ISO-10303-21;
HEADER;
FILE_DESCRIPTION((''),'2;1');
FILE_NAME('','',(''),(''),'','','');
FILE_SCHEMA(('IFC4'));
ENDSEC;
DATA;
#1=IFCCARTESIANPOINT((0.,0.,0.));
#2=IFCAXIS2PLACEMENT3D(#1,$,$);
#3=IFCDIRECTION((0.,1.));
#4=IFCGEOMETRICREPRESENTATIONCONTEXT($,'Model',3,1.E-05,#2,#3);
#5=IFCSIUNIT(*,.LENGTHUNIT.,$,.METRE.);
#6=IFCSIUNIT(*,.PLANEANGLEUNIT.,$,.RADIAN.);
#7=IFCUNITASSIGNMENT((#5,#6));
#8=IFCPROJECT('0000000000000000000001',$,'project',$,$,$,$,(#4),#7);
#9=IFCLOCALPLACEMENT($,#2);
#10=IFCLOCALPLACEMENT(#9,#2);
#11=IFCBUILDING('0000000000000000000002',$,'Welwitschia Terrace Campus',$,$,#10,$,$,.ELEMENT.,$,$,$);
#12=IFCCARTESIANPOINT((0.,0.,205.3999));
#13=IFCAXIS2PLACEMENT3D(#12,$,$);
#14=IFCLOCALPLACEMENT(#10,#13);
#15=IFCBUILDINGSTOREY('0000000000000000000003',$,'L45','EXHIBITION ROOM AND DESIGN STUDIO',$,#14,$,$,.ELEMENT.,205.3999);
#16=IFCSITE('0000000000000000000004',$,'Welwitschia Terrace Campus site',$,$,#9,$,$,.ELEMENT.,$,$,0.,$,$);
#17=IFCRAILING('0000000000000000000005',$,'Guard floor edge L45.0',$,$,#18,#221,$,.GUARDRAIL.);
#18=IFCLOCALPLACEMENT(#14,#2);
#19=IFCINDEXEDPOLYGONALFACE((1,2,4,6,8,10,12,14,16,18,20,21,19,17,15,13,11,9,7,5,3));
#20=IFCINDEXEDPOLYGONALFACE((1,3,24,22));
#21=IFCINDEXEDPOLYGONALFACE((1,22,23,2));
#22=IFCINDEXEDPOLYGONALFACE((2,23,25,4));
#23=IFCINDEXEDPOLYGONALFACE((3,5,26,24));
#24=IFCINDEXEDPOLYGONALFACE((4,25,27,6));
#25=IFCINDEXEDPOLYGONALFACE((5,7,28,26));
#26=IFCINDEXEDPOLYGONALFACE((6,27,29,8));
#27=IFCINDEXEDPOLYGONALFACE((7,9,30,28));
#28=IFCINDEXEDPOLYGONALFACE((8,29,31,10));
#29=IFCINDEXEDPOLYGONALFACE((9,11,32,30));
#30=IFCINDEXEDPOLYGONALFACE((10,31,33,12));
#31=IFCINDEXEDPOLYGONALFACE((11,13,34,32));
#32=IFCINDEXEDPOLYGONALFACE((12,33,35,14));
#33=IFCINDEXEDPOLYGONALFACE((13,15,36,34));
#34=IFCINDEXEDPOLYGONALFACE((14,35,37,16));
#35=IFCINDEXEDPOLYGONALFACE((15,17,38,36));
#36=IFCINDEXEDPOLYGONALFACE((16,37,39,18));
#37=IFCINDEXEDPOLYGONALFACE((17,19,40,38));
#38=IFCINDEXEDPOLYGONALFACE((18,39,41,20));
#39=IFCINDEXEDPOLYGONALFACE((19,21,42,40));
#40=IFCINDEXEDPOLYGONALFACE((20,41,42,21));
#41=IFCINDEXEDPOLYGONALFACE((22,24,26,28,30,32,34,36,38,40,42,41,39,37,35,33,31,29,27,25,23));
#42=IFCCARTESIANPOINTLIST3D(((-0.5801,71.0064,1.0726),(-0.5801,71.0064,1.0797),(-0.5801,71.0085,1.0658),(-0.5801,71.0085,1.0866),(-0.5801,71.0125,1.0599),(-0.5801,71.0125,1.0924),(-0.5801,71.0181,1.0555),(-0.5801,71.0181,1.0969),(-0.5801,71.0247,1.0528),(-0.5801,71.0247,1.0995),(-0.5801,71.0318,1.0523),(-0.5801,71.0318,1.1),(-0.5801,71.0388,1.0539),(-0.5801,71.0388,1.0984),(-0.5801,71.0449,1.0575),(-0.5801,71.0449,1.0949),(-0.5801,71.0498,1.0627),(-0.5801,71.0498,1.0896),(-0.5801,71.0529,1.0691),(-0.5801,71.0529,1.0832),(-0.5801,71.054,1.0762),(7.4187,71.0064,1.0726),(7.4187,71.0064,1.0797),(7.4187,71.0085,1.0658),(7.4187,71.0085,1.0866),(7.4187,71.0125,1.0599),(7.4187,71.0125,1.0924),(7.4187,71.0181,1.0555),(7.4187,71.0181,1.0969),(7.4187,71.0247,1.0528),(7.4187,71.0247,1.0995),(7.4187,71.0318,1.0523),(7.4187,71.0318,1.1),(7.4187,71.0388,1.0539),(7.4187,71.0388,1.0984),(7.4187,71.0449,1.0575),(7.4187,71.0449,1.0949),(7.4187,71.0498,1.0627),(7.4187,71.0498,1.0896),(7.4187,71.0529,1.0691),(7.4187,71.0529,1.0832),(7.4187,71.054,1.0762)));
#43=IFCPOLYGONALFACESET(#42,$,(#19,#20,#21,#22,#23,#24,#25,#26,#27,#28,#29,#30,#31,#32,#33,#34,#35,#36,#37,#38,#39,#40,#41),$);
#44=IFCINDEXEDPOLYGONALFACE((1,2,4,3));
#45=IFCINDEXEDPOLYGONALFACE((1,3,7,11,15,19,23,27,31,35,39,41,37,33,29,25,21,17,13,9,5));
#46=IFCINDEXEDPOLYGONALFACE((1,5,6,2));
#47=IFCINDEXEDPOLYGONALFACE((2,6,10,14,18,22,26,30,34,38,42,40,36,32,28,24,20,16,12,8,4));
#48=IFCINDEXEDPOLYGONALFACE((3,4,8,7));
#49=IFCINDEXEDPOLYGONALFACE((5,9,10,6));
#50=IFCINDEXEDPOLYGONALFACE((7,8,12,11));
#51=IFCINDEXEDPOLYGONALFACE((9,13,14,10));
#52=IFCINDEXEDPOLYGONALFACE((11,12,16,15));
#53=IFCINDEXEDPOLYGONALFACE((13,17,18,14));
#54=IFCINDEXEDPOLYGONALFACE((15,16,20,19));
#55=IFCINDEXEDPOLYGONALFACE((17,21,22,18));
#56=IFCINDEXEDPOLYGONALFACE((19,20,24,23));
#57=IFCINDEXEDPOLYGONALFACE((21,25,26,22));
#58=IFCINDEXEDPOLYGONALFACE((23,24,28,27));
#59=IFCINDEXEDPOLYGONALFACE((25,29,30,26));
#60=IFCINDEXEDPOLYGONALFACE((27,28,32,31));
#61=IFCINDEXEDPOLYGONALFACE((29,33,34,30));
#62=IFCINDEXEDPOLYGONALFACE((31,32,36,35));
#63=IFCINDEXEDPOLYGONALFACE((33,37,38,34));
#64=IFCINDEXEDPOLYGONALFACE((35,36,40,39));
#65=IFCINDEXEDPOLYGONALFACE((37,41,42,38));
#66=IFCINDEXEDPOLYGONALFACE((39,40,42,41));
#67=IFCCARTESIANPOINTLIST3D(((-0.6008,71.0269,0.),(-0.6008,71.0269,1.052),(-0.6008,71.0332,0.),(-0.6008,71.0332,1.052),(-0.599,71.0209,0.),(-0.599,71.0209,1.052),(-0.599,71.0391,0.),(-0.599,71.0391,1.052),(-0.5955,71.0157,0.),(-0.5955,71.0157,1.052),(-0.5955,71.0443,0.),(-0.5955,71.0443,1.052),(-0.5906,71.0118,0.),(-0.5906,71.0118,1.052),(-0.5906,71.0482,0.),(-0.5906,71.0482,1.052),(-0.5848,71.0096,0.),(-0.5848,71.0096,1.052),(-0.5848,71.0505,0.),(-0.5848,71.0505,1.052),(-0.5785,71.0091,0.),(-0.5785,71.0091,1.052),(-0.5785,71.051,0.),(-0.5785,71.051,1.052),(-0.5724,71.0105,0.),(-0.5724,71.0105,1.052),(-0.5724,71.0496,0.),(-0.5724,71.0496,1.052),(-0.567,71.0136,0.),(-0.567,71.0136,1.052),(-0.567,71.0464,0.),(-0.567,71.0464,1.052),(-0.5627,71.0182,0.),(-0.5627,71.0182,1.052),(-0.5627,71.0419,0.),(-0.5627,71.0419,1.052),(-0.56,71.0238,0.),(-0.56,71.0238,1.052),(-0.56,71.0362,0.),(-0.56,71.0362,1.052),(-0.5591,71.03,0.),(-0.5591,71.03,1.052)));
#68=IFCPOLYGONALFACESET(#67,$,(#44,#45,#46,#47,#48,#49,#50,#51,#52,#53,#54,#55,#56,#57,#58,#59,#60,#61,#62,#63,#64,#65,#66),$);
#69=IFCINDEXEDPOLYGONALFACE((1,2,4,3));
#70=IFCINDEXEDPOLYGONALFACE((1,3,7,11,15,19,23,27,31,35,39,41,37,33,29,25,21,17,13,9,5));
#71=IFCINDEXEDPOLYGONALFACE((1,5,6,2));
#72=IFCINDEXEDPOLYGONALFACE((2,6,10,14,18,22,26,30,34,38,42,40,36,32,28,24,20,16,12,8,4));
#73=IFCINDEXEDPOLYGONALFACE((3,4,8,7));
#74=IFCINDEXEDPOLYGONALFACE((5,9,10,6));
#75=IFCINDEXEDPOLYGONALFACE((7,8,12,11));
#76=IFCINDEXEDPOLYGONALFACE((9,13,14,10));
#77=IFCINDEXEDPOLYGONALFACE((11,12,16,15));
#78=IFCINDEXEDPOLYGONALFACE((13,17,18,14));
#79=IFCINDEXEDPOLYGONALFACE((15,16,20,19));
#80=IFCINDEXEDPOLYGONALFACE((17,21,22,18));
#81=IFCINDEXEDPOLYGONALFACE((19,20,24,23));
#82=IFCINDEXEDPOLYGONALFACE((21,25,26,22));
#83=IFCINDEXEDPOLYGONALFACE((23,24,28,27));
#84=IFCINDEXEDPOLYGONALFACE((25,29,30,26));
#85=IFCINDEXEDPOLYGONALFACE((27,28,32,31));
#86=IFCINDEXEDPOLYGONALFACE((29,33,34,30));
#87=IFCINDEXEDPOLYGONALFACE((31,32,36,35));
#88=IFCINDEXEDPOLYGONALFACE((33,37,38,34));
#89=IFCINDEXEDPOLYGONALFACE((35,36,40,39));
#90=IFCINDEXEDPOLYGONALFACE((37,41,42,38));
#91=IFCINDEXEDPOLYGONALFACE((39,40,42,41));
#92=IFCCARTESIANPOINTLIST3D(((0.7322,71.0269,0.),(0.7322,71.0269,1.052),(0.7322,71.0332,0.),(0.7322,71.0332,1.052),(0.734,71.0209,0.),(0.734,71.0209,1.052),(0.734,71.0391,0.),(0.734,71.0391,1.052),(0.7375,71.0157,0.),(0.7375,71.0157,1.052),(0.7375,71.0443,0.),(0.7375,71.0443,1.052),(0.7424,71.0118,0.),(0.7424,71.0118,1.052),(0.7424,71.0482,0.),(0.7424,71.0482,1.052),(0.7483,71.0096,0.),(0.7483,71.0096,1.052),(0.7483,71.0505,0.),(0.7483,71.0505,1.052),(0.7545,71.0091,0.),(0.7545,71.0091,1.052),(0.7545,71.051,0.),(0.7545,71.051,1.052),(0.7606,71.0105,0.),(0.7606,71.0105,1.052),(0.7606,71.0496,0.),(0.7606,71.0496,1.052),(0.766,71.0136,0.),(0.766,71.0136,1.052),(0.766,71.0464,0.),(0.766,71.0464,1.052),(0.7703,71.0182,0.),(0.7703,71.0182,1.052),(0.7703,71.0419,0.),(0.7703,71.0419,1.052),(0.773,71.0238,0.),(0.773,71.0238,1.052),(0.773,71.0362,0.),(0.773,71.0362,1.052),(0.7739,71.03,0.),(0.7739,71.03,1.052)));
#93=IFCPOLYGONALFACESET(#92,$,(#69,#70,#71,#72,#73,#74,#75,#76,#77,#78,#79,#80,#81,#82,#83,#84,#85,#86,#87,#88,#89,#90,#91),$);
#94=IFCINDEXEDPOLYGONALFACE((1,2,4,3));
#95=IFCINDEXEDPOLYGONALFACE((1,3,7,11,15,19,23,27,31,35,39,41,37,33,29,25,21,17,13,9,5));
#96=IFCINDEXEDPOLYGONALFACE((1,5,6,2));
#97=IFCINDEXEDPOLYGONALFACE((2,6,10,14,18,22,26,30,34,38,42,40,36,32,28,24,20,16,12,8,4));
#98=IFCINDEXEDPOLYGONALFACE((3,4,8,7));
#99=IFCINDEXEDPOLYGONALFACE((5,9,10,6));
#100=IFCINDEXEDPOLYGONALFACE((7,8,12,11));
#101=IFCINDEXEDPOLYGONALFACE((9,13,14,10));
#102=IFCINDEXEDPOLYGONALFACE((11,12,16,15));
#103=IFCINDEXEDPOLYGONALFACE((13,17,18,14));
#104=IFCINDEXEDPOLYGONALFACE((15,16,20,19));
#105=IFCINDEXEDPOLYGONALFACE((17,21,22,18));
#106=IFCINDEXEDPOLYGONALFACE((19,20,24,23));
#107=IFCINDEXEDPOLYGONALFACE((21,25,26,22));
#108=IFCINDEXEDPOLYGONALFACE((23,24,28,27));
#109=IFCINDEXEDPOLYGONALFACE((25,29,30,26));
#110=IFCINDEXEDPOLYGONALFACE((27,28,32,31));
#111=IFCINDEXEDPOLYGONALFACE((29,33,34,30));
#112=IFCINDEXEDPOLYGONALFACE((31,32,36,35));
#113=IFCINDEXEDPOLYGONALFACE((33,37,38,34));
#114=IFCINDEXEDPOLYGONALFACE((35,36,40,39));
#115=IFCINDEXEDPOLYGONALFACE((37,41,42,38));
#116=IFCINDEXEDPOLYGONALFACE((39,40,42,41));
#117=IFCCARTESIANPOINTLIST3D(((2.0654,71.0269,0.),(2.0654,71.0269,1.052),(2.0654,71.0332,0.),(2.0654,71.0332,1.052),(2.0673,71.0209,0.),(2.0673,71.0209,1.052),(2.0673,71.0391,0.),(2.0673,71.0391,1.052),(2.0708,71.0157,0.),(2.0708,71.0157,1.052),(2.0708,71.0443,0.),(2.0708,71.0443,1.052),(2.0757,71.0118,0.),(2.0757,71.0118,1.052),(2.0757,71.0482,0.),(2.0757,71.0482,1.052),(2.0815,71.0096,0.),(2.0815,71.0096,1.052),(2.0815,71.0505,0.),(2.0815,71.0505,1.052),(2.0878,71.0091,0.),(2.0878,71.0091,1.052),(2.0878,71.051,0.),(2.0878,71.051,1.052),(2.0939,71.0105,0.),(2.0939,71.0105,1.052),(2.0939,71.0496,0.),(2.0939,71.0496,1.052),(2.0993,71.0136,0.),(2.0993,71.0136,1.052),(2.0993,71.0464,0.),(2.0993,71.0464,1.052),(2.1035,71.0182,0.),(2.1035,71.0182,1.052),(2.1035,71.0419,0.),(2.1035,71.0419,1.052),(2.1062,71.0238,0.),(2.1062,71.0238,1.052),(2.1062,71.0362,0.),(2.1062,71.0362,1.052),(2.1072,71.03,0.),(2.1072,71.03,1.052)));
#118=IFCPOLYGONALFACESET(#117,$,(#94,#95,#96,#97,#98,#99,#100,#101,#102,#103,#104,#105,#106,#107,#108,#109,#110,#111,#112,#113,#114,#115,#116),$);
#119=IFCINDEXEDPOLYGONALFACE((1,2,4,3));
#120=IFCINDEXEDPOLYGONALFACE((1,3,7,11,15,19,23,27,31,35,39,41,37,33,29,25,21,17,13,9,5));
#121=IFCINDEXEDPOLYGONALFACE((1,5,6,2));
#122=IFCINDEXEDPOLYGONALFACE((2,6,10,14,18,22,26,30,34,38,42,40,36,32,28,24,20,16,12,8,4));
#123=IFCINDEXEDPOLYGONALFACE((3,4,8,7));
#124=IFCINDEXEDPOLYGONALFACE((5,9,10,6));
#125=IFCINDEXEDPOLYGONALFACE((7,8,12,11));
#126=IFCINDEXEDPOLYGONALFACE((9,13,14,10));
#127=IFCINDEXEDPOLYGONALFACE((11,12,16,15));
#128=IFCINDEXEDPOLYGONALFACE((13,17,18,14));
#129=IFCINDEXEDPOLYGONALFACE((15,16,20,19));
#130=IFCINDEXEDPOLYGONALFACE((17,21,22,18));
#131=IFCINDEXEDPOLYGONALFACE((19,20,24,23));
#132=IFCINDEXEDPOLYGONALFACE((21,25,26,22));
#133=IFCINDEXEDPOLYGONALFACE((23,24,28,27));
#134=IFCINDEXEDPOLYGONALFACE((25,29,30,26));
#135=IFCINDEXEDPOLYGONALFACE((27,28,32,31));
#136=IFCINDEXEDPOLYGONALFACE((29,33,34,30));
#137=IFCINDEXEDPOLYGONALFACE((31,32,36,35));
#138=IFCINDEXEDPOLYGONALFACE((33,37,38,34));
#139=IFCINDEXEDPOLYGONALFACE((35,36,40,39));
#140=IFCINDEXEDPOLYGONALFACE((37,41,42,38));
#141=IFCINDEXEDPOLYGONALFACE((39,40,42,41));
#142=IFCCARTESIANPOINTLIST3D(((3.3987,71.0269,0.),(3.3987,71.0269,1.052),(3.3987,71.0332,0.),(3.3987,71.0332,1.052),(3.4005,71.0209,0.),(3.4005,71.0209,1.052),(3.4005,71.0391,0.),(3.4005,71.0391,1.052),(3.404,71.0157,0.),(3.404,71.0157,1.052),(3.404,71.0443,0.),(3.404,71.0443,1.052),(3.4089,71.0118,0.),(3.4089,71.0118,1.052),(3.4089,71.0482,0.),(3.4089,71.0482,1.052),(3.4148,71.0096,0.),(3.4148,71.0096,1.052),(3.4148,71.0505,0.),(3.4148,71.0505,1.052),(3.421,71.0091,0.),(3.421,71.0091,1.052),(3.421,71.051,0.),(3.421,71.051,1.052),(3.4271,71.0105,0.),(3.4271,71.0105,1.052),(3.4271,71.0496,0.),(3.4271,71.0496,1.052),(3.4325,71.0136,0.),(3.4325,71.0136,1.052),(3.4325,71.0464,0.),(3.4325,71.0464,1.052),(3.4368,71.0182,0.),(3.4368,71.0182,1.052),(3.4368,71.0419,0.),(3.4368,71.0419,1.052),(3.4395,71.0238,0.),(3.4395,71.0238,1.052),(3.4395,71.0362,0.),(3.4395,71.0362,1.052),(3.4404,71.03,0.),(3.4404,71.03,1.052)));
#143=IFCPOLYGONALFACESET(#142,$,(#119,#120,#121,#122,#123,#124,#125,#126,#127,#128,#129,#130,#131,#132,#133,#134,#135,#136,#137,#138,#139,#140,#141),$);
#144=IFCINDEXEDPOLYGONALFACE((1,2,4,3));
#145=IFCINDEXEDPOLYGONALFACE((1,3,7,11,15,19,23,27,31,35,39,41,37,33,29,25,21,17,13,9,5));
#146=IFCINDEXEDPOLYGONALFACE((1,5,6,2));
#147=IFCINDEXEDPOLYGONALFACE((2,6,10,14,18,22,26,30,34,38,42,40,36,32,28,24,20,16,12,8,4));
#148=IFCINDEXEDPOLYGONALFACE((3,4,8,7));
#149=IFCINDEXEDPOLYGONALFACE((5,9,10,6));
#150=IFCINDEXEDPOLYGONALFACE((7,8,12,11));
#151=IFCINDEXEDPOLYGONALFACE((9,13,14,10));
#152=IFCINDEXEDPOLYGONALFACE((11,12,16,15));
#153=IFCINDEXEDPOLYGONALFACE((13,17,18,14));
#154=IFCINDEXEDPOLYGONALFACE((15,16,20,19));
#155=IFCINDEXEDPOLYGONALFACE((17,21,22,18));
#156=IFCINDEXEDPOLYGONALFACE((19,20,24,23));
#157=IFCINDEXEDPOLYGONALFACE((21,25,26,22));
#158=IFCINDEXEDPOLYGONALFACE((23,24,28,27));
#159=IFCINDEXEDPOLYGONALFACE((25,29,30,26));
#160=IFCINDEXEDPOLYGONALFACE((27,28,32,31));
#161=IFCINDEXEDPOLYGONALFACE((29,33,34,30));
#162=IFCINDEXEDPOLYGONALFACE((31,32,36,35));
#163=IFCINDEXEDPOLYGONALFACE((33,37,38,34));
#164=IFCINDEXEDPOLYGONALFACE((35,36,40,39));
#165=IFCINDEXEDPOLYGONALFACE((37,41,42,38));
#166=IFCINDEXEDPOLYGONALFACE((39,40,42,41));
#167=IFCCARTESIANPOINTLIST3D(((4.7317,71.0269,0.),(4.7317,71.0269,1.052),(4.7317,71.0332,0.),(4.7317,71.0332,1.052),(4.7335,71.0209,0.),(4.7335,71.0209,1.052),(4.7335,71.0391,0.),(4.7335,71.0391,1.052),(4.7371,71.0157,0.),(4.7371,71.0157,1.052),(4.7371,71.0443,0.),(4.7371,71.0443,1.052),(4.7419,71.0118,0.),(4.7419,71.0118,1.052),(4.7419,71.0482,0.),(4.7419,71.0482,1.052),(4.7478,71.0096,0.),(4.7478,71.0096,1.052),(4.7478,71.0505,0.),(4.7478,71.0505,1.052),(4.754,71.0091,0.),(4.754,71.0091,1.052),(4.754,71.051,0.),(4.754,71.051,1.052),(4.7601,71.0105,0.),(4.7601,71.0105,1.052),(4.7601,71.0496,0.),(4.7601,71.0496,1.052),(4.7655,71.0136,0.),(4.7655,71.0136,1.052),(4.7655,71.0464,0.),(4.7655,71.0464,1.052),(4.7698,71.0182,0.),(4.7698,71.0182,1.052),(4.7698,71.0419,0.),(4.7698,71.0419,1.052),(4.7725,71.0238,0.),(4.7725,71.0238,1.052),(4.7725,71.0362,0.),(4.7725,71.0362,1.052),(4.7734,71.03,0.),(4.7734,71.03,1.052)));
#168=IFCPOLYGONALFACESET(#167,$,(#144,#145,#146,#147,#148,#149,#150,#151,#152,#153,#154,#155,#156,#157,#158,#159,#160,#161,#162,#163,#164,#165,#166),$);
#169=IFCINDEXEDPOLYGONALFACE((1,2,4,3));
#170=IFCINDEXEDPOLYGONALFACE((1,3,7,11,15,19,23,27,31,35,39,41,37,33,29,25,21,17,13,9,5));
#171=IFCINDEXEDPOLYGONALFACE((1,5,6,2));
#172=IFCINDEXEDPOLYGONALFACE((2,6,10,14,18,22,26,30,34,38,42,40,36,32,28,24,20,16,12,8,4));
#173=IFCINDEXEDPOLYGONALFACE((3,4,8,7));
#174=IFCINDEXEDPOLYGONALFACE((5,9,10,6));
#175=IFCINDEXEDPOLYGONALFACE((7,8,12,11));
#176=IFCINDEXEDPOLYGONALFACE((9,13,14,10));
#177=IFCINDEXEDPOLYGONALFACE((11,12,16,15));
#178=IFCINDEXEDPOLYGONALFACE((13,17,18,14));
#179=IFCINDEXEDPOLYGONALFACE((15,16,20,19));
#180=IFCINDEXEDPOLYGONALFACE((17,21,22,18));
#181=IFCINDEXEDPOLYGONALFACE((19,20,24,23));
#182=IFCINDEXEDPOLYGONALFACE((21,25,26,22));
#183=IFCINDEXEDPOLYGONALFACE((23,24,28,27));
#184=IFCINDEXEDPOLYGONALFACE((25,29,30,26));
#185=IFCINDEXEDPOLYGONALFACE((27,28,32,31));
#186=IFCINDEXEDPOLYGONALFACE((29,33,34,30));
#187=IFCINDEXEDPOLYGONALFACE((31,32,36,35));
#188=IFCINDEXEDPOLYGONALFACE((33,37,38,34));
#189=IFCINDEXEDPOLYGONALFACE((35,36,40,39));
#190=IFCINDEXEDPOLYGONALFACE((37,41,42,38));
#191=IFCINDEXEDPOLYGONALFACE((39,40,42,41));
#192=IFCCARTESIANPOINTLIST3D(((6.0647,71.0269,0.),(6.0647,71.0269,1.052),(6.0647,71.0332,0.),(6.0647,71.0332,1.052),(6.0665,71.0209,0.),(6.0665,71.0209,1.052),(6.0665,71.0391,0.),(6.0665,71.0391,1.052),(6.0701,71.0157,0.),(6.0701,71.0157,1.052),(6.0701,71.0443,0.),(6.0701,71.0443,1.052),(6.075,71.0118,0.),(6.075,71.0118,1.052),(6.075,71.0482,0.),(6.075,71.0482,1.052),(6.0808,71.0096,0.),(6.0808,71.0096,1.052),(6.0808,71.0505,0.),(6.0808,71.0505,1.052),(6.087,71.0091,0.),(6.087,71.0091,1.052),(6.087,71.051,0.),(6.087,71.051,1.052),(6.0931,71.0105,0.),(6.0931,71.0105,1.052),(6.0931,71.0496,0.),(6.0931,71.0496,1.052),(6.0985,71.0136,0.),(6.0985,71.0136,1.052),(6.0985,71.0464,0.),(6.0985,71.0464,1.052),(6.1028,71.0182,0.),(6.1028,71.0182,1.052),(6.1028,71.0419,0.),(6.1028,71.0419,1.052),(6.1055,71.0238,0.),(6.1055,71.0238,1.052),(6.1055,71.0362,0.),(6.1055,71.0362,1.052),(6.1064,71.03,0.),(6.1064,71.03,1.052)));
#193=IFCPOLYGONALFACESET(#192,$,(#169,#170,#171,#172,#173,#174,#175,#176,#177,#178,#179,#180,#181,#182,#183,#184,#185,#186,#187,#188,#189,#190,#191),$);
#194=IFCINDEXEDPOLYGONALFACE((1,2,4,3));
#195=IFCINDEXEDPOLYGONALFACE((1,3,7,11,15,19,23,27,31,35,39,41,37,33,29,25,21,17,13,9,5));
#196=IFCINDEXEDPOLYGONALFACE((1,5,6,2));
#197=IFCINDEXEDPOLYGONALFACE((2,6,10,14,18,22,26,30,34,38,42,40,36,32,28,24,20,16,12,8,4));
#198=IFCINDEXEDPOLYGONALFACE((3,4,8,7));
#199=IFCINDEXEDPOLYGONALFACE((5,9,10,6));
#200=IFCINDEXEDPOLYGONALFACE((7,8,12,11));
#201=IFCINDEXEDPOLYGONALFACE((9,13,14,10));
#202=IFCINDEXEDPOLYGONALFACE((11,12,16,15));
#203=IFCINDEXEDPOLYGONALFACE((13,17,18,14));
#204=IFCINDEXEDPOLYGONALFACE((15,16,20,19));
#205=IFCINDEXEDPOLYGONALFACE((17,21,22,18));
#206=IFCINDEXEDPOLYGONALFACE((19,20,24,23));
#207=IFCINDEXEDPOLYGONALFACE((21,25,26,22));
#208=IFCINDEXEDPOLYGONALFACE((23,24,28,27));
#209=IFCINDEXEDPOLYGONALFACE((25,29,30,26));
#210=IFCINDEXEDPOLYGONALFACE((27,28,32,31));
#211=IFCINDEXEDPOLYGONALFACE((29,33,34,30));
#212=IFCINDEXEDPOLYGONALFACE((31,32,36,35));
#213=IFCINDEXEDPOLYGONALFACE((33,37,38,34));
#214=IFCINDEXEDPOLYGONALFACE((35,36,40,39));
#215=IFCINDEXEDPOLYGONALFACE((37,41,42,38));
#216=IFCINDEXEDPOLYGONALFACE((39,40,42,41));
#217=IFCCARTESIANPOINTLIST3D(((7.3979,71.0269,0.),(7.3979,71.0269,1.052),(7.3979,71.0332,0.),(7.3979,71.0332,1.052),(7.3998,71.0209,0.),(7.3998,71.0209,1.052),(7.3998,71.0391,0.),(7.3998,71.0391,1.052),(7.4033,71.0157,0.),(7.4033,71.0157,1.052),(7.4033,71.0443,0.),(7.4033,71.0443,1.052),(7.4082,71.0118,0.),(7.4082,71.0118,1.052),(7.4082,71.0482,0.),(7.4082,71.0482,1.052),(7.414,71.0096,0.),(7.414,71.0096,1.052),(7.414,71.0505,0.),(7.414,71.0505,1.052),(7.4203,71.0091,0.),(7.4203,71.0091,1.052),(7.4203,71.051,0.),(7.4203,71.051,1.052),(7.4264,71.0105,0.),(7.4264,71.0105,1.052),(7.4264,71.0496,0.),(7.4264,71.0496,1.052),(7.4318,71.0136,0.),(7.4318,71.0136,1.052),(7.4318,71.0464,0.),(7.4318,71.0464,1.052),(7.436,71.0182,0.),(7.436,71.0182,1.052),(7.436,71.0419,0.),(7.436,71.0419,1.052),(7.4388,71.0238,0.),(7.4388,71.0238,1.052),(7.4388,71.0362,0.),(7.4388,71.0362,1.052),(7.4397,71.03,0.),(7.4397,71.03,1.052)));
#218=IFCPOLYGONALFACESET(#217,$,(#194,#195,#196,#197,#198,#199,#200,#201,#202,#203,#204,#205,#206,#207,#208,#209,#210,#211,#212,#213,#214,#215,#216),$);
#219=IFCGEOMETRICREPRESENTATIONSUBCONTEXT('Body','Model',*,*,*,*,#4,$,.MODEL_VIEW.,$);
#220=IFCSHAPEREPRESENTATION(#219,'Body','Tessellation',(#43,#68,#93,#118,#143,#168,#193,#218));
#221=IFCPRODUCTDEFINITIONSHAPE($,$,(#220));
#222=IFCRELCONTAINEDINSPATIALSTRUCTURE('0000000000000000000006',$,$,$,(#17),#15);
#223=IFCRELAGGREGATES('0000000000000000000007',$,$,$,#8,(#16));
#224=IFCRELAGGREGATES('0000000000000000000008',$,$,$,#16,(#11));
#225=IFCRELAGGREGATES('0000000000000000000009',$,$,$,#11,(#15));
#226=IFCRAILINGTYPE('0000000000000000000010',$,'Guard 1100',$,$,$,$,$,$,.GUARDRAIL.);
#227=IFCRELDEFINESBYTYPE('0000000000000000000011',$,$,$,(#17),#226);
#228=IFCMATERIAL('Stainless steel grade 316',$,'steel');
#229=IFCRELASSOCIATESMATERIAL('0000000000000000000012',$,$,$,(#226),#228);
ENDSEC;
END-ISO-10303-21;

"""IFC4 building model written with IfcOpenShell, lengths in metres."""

from ifc_helpers import new_model, si_unit, direction, frame, origin, origin_2d, place, context, subcontext, project, spatial, circle, extrude, material, type_object, element, save


model = new_model("IFC4")

# Units and contexts
model_context = context("Model", 3, precision=1e-05, world=origin(), true_north=direction((0.0, 1.0)))
body_context = subcontext(model_context, "Body", "Model", "MODEL_VIEW")
ifc_project = project(units=[si_unit("LENGTHUNIT", "METRE"), si_unit("PLANEANGLEUNIT", "RADIAN")], contexts=[model_context])

# Site, building, storey
site_placement = place(None, origin())
site = spatial("IfcSite", under=ifc_project, at=site_placement, Name="Welwitschia Terrace Campus site", CompositionType="ELEMENT", RefElevation=0.0)
building_placement = place(site_placement, origin())
building = spatial("IfcBuilding", under=site, at=building_placement, Name="Welwitschia Terrace Campus", CompositionType="ELEMENT")
storey_placement = place(building_placement, frame((0.0, 0.0, 205.3999)))
storey = spatial("IfcBuildingStorey", under=building, at=storey_placement, Name="L45", Description="EXHIBITION ROOM AND DESIGN STUDIO", CompositionType="ELEMENT", Elevation=205.3999)

# Railing
ifc_material_1 = material(Name="Stainless steel grade 316", Category="steel")
railing_type = type_object("IfcRailingType", Name="Guard 1100", PredefinedType="GUARDRAIL", material=ifc_material_1)
railing_placement = place(storey_placement, frame((-0.5801, 71.03, 0.0)))
element("IfcRailing", 1, at=railing_placement, inside=storey, type_object=railing_type, Name="Guard floor edge L45.0", PredefinedType="GUARDRAIL", context=body_context, shape_type="SweptSolid", body=[
    extrude(circle(Radius=0.0239, at=origin_2d()), frame((0.0, 0.0, 1.0762), z_axis=(1.0, 0.0, 0.0), x_axis=(0.0, 1.0, 0.0)), (0.0, 0.0, 1.0), 7.9988),
    extrude(circle(Radius=0.021, at=origin_2d()), origin(), (0.0, 0.0, 1.0), 1.052),
    extrude(circle(Radius=0.021, at=origin_2d()), frame((1.333, 0.0, 0.0)), (0.0, 0.0, 1.0), 1.052),
    extrude(circle(Radius=0.021, at=origin_2d()), frame((2.6663, 0.0, 0.0)), (0.0, 0.0, 1.0), 1.052),
    extrude(circle(Radius=0.021, at=origin_2d()), frame((3.9995, 0.0, 0.0)), (0.0, 0.0, 1.0), 1.052),
    extrude(circle(Radius=0.021, at=origin_2d()), frame((5.3325, 0.0, 0.0)), (0.0, 0.0, 1.0), 1.052),
    extrude(circle(Radius=0.021, at=origin_2d()), frame((6.6655, 0.0, 0.0)), (0.0, 0.0, 1.0), 1.052),
    extrude(circle(Radius=0.021, at=origin_2d()), frame((7.9988, 0.0, 0.0)), (0.0, 0.0, 1.0), 1.052),
])

save(model, "model.ifc")
